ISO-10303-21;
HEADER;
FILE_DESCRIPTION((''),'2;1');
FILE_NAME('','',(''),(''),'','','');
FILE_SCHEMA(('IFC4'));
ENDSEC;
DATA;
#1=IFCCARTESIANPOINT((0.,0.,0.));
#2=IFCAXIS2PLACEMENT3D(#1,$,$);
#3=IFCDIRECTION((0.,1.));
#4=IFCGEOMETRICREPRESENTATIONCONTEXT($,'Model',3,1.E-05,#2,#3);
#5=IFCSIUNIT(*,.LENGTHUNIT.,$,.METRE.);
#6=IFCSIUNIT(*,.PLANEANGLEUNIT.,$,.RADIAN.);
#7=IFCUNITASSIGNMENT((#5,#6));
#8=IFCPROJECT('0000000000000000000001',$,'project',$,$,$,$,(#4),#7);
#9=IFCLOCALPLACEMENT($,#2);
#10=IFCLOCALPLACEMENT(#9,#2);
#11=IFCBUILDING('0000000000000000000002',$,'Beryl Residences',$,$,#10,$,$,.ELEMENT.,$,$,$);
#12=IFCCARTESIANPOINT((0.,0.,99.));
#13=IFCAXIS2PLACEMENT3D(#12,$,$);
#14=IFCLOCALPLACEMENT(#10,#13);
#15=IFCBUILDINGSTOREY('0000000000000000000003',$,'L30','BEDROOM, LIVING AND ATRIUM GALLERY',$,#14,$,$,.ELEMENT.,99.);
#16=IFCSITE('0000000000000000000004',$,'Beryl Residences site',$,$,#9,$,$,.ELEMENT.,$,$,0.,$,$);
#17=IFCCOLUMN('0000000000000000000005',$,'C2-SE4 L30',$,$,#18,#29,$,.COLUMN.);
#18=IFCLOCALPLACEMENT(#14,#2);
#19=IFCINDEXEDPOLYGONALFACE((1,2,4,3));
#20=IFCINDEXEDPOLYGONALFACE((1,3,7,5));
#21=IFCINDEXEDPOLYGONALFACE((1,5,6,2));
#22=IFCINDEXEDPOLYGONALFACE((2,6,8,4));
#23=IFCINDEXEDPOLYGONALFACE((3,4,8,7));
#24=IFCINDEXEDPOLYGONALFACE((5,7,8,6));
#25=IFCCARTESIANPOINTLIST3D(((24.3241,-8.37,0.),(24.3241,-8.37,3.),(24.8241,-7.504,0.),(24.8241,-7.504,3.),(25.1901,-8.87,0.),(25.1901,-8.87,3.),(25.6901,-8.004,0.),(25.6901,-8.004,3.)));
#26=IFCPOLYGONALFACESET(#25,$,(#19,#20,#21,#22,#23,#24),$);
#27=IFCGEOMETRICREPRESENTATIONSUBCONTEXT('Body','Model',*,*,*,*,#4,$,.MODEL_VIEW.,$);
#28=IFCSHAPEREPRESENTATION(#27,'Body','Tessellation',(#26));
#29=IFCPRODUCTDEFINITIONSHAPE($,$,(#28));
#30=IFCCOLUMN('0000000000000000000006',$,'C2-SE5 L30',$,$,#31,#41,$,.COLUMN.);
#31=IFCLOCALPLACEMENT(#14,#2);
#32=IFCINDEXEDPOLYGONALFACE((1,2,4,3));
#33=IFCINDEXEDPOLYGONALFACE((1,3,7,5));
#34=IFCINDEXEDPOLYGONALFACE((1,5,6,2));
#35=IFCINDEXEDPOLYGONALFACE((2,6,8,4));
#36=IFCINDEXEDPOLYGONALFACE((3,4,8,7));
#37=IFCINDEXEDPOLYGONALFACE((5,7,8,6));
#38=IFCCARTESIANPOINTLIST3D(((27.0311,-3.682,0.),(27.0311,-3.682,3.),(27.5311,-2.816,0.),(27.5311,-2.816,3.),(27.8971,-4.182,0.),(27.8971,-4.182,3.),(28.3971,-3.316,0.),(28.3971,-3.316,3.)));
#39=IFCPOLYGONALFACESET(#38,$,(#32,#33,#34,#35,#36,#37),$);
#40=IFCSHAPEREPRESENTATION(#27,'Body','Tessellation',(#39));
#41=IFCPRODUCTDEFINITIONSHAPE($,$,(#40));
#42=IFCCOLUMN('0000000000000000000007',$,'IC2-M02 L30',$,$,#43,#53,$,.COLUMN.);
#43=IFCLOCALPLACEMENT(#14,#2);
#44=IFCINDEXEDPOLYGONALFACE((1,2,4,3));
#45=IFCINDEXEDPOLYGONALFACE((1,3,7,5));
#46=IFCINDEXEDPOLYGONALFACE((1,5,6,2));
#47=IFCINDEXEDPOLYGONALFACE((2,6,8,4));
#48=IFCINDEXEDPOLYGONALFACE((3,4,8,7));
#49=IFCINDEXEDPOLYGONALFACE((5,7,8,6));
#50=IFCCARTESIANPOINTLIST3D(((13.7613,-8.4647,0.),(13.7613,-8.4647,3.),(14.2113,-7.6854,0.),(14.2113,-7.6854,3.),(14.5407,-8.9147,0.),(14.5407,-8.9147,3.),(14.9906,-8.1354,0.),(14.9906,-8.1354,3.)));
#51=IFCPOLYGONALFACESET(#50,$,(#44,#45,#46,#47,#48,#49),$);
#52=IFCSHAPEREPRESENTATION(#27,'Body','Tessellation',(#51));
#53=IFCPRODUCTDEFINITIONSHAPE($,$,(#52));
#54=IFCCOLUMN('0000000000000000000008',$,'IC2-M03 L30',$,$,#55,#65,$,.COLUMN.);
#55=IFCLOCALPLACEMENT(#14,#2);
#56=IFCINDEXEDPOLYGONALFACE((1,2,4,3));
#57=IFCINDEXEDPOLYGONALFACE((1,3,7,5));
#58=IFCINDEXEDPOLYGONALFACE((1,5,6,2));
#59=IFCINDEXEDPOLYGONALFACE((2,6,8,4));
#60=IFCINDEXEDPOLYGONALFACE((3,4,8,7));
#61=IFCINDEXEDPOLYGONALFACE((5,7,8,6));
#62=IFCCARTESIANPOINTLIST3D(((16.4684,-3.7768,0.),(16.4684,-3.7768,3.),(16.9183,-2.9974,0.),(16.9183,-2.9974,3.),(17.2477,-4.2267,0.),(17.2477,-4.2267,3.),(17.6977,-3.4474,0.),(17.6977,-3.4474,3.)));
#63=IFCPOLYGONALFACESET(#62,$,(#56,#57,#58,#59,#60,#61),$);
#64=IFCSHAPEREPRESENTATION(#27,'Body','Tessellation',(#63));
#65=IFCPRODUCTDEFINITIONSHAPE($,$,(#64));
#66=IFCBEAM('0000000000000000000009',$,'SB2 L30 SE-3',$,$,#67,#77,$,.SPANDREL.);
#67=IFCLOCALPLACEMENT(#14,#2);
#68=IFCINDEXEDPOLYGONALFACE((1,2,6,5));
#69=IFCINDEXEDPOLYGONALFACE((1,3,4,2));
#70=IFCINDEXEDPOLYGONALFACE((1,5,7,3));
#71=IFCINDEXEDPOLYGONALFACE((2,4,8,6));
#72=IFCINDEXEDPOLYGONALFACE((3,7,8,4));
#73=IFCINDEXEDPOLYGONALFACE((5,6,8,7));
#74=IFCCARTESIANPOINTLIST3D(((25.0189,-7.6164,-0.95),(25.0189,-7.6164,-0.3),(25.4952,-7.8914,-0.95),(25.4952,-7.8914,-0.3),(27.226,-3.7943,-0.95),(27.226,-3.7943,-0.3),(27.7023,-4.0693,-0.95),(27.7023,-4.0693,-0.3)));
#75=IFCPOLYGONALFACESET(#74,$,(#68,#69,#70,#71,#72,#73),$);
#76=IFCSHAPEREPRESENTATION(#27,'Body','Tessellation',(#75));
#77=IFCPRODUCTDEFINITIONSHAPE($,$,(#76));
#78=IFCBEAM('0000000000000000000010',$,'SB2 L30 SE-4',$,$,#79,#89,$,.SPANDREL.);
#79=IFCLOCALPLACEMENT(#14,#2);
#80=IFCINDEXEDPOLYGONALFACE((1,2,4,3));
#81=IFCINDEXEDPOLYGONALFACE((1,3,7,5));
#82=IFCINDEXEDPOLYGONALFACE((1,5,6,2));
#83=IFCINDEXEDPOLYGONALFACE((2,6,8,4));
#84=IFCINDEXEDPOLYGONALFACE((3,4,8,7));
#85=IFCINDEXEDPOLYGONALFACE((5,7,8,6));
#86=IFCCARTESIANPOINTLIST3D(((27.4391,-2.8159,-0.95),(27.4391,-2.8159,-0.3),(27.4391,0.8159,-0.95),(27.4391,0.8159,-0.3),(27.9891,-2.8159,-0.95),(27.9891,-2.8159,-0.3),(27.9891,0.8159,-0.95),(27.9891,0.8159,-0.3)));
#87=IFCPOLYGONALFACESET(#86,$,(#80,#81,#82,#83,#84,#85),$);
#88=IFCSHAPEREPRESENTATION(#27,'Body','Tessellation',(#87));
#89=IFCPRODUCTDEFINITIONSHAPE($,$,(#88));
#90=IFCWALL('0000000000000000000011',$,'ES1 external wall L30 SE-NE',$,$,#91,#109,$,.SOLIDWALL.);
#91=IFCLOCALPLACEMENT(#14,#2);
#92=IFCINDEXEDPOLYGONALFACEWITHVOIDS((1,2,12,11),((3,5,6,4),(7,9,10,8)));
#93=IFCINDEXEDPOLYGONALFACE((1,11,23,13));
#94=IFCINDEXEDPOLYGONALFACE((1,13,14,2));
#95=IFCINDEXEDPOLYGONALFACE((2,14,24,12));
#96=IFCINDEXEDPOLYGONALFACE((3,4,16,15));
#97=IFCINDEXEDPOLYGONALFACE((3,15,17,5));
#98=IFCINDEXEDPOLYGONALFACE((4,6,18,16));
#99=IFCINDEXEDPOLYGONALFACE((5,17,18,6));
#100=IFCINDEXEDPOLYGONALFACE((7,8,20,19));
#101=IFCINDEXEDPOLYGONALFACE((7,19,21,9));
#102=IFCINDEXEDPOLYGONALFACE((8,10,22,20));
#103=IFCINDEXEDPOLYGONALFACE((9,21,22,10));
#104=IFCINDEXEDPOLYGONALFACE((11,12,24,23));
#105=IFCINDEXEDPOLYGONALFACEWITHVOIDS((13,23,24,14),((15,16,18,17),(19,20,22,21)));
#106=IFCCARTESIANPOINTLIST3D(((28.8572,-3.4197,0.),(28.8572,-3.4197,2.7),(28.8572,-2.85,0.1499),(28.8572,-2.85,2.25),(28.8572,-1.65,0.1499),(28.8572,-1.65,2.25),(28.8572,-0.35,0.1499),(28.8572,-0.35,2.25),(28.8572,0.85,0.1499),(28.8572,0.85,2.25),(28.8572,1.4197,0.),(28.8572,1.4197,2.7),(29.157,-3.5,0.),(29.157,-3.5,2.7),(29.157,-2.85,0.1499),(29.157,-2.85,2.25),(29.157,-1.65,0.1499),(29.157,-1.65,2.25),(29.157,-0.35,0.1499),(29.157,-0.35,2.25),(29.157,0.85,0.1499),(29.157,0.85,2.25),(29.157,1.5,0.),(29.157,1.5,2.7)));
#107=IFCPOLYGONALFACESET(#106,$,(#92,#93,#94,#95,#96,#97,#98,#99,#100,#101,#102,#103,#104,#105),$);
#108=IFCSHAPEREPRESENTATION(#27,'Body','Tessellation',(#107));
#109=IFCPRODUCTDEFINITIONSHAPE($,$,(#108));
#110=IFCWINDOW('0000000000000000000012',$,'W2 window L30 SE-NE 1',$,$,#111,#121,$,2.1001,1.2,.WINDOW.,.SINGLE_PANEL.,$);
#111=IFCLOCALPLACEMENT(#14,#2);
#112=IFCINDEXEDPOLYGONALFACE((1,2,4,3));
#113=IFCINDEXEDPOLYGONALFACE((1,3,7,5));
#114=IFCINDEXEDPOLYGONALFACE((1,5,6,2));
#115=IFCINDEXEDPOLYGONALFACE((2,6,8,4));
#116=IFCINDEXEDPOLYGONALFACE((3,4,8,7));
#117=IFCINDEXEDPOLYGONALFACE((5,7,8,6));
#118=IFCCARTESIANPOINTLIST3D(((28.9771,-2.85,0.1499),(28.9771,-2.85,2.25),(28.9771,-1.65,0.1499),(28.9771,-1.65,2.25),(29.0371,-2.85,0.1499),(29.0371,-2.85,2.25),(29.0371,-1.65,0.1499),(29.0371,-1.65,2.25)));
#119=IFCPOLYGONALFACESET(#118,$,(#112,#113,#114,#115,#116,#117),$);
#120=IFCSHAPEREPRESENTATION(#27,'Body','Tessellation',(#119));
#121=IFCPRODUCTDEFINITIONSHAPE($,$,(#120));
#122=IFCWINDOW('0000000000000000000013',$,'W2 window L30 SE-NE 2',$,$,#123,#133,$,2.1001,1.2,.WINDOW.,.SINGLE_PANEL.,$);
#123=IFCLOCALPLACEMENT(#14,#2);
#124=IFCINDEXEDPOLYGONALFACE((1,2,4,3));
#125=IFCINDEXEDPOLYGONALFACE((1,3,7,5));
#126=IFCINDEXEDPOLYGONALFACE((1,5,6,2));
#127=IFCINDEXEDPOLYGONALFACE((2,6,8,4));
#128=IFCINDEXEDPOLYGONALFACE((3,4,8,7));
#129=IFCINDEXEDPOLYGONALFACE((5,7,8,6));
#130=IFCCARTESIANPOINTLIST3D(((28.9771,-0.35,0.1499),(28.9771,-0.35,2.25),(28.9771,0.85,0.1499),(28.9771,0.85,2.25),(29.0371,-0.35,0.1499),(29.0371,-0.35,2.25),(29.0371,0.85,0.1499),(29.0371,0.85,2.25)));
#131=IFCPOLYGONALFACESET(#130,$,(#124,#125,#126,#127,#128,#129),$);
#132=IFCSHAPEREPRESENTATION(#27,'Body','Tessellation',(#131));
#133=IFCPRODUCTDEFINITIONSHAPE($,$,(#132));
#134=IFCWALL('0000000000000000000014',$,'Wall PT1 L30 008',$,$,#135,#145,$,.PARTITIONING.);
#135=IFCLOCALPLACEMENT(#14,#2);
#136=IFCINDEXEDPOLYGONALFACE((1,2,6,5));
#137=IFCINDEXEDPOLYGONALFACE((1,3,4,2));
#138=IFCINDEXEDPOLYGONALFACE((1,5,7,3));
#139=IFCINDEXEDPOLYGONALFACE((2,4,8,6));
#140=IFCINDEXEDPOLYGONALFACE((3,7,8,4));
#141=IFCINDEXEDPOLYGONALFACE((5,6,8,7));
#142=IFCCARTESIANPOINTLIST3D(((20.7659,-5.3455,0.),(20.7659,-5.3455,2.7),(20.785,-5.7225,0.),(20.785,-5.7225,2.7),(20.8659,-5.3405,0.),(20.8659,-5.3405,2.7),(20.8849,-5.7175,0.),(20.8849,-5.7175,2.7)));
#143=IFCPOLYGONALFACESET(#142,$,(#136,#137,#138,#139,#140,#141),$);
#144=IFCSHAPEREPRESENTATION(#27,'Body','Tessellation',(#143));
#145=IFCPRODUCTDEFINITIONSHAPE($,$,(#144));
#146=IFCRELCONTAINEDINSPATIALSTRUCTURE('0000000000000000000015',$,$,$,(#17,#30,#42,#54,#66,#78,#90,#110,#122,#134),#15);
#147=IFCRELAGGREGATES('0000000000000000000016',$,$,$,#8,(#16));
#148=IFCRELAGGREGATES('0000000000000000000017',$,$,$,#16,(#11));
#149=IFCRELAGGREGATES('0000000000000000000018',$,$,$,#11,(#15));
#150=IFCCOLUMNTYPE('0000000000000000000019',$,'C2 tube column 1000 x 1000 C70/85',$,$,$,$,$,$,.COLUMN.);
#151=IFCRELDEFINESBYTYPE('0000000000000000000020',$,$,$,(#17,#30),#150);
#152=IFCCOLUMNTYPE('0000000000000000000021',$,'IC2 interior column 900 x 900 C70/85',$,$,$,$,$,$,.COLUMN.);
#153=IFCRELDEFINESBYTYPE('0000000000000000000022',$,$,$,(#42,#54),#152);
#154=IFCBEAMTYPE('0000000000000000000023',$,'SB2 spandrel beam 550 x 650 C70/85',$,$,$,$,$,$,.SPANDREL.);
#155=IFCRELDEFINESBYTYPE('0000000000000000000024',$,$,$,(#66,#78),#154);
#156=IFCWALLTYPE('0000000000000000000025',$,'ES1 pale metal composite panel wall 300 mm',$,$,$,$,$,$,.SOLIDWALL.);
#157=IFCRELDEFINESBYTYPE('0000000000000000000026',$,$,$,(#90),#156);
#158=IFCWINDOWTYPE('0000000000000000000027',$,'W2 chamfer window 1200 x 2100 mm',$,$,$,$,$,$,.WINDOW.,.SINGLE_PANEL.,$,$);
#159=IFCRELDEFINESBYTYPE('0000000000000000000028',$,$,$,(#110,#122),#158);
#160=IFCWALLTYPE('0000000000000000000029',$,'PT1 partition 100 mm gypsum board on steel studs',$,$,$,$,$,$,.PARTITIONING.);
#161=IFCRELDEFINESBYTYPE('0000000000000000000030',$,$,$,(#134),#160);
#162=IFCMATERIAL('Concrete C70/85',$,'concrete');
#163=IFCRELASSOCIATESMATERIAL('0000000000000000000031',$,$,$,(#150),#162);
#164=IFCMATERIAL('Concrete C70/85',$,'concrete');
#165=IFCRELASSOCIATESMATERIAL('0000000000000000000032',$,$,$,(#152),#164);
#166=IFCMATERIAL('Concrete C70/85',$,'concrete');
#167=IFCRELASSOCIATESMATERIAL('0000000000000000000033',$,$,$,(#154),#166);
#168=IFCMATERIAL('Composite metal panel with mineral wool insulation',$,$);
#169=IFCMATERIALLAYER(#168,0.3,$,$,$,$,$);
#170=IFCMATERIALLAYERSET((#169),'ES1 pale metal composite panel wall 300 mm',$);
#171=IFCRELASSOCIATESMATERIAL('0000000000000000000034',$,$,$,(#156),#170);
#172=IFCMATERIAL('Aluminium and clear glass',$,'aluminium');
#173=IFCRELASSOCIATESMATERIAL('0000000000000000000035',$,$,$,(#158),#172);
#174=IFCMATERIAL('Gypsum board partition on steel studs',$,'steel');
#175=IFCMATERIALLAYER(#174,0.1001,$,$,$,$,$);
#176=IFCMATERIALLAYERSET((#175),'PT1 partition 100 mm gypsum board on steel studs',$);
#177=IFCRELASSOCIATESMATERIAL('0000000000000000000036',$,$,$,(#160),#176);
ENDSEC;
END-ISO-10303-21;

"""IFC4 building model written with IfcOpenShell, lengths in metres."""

from ifc_helpers import new_model, si_unit, direction, frame, frame_2d, origin, origin_2d, place, context, subcontext, project, spatial, polyline, rectangle, outline, extrude, material, layer, layer_set, material_profile, profile_set, type_object, element, fill, save


model = new_model("IFC4")

# Units and contexts
model_context = context("Model", 3, precision=1e-05, world=origin(), true_north=direction((0.0, 1.0)))
body_context = subcontext(model_context, "Body", "Model", "MODEL_VIEW")
ifc_project = project(units=[si_unit("LENGTHUNIT", "METRE"), si_unit("PLANEANGLEUNIT", "RADIAN")], contexts=[model_context])

# Site, building, storey
site_placement = place(None, origin())
site = spatial("IfcSite", under=ifc_project, at=site_placement, Name="Beryl Residences site", CompositionType="ELEMENT", RefElevation=0.0)
building_placement = place(site_placement, origin())
building = spatial("IfcBuilding", under=site, at=building_placement, Name="Beryl Residences", CompositionType="ELEMENT")
storey_placement = place(building_placement, frame((0.0, 0.0, 99.0)))
storey = spatial("IfcBuildingStorey", under=building, at=storey_placement, Name="L30", Description="BEDROOM, LIVING AND ATRIUM GALLERY", CompositionType="ELEMENT", Elevation=99.0)

# Columns
ifc_material_1 = material(Name="Concrete C70/85", Category="concrete")
ifc_material_profile_1 = material_profile(ifc_material_1, rectangle(XDim=1.0, YDim=1.0, at=origin_2d()))
ifc_profile_set_1 = profile_set([ifc_material_profile_1], Name="Concrete C70/85")
column_type_1 = type_object("IfcColumnType", Name="C2 tube column 1000 x 1000 C70/85", PredefinedType="COLUMN", material=ifc_profile_set_1)
for number, where, z_axis, x_axis, name in (
    (1, (25.0071, -8.187, 0.0), (0.0, 0.0, 1.0), (0.5, 0.866025, 0.0), "C2-SE4 L30"),
    (2, (27.7141, -3.499, 0.0), (0.0, 0.0, 1.0), (0.5, 0.866025, 0.0), "C2-SE5 L30"),
):
    element("IfcColumn", number, at=place(storey_placement, frame(where, z_axis=z_axis, x_axis=x_axis)), inside=storey, type_object=column_type_1, Name=name, PredefinedType="COLUMN", context=body_context, shape_type="SweptSolid", body=[
        extrude(rectangle(XDim=1.0, YDim=1.0, at=origin_2d()), origin(), (0.0, 0.0, 1.0), 3.0),
    ])
ifc_material_2 = material(Name="Concrete C70/85", Category="concrete")
ifc_material_profile_2 = material_profile(ifc_material_2, rectangle(XDim=0.8999, YDim=0.8999, at=origin_2d()))
ifc_profile_set_2 = profile_set([ifc_material_profile_2], Name="Concrete C70/85")
column_type_2 = type_object("IfcColumnType", Name="IC2 interior column 900 x 900 C70/85", PredefinedType="COLUMN", material=ifc_profile_set_2)
for number, where, z_axis, x_axis, name in (
    (3, (14.376, -8.3, 0.0), (0.0, 0.0, 1.0), (0.5, 0.866025, 0.0), "IC2-M02 L30"),
    (4, (17.083, -3.6121, 0.0), (0.0, 0.0, 1.0), (0.5, 0.866025, 0.0), "IC2-M03 L30"),
):
    element("IfcColumn", number, at=place(storey_placement, frame(where, z_axis=z_axis, x_axis=x_axis)), inside=storey, type_object=column_type_2, Name=name, PredefinedType="COLUMN", context=body_context, shape_type="SweptSolid", body=[
        extrude(rectangle(XDim=0.8999, YDim=0.8999, at=origin_2d()), origin(), (0.0, 0.0, 1.0), 3.0),
    ])

# Beams
ifc_material_3 = material(Name="Concrete C70/85", Category="concrete")
ifc_material_profile_3 = material_profile(ifc_material_3, rectangle(XDim=0.55, YDim=0.6499, at=origin_2d()))
ifc_profile_set_3 = profile_set([ifc_material_profile_3], Name="Concrete C70/85")
beam_type = type_object("IfcBeamType", Name="SB2 spandrel beam 550 x 650 C70/85", PredefinedType="SPANDREL", material=ifc_profile_set_3)
beam_1_placement = place(storey_placement, frame((25.2571, -7.7539, -0.625), z_axis=(0.500066, 0.865988, 0.0), x_axis=(-0.865988, 0.500066, 0.0)))
element("IfcBeam", 5, at=beam_1_placement, inside=storey, type_object=beam_type, Name="SB2 L30 SE-3", PredefinedType="SPANDREL", context=body_context, shape_type="SweptSolid", body=[
    extrude(rectangle(XDim=0.55, YDim=0.6499, at=origin_2d()), origin(), (0.0, 0.0, 1.0), 4.4136),
])
beam_2_placement = place(storey_placement, frame((27.7141, -2.8159, -0.625), z_axis=(0.0, 1.0, 0.0), x_axis=(-1.0, 0.0, 0.0)))
element("IfcBeam", 6, at=beam_2_placement, inside=storey, type_object=beam_type, Name="SB2 L30 SE-4", PredefinedType="SPANDREL", context=body_context, shape_type="SweptSolid", body=[
    extrude(rectangle(XDim=0.55, YDim=0.6499, at=origin_2d()), origin(), (0.0, 0.0, 1.0), 3.6318),
])

# Wall, openings, windows
ifc_material_4 = material(Name="Composite metal panel with mineral wool insulation")
ifc_layer_1 = layer(ifc_material_4, 0.3)
ifc_layer_set_1 = layer_set([ifc_layer_1], Name="ES1 pale metal composite panel wall 300 mm")
wall_type_1 = type_object("IfcWallType", Name="ES1 pale metal composite panel wall 300 mm", PredefinedType="SOLIDWALL", material=ifc_layer_set_1)
wall_1_placement = place(storey_placement, frame((29.0071, -3.5, 0.0), z_axis=(0.0, 0.0, 1.0), x_axis=(0.0, 1.0, 0.0)))
wall_1 = element("IfcWall", 7, at=wall_1_placement, inside=storey, type_object=wall_type_1, Name="ES1 external wall L30 SE-NE", PredefinedType="SOLIDWALL", context=body_context, shape_type="SweptSolid", body=[
    extrude(outline(polyline([(0.0, -0.1499), (5.0, -0.1499), (4.9197, 0.1499), (0.0803, 0.1499), (0.0, -0.1499)])), origin(), (0.0, 0.0, 1.0), 2.7),
])
opening_1_placement = place(wall_1_placement, frame((0.6499, 0.0, 0.1499)))
opening_1 = element("IfcOpeningElement", 8, at=opening_1_placement, cuts=wall_1, PredefinedType="OPENING", context=body_context, shape_type="SweptSolid", body=[
    extrude(rectangle(XDim=1.2, YDim=2.1001, at=frame_2d((0.6001, 1.05))), frame((0.0, 0.1599, 0.0), z_axis=(0.0, -1.0, 0.0), x_axis=(1.0, 0.0, 0.0)), (0.0, 0.0, 1.0), 0.3201),
])
opening_2_placement = place(wall_1_placement, frame((3.1499, 0.0, 0.1499)))
opening_2 = element("IfcOpeningElement", 9, at=opening_2_placement, cuts=wall_1, PredefinedType="OPENING", context=body_context, shape_type="SweptSolid", body=[
    extrude(rectangle(XDim=1.2, YDim=2.1001, at=frame_2d((0.6001, 1.05))), frame((0.0, 0.1599, 0.0), z_axis=(0.0, -1.0, 0.0), x_axis=(1.0, 0.0, 0.0)), (0.0, 0.0, 1.0), 0.3201),
])
ifc_material_5 = material(Name="Aluminium and clear glass", Category="aluminium")
window_type = type_object("IfcWindowType", Name="W2 chamfer window 1200 x 2100 mm", PartitioningType="SINGLE_PANEL", PredefinedType="WINDOW", material=ifc_material_5)
window_1_placement = place(opening_1_placement, origin())
window_1 = element("IfcWindow", 10, at=window_1_placement, inside=storey, type_object=window_type, Name="W2 window L30 SE-NE 1", OverallHeight=2.1001, OverallWidth=1.2, PartitioningType="SINGLE_PANEL", PredefinedType="WINDOW", context=body_context, shape_type="SweptSolid", body=[
    extrude(rectangle(XDim=1.2, YDim=2.1001, at=frame_2d((0.6001, 1.05))), frame((0.0, 0.03, 0.0), z_axis=(0.0, -1.0, 0.0), x_axis=(1.0, 0.0, 0.0)), (0.0, 0.0, 1.0), 0.0601),
])
fill(opening_1, window_1)
window_2_placement = place(opening_2_placement, origin())
window_2 = element("IfcWindow", 11, at=window_2_placement, inside=storey, type_object=window_type, Name="W2 window L30 SE-NE 2", OverallHeight=2.1001, OverallWidth=1.2, PartitioningType="SINGLE_PANEL", PredefinedType="WINDOW", context=body_context, shape_type="SweptSolid", body=[
    extrude(rectangle(XDim=1.2, YDim=2.1001, at=frame_2d((0.6001, 1.05))), frame((0.0, 0.03, 0.0), z_axis=(0.0, -1.0, 0.0), x_axis=(1.0, 0.0, 0.0)), (0.0, 0.0, 1.0), 0.0601),
])
fill(opening_2, window_2)

# Wall
ifc_material_6 = material(Name="Gypsum board partition on steel studs", Category="steel")
ifc_layer_2 = layer(ifc_material_6, 0.1001)
ifc_layer_set_2 = layer_set([ifc_layer_2], Name="PT1 partition 100 mm gypsum board on steel studs")
wall_type_2 = type_object("IfcWallType", Name="PT1 partition 100 mm gypsum board on steel studs", PredefinedType="PARTITIONING", material=ifc_layer_set_2)
wall_2_placement = place(storey_placement, frame((20.8159, -5.343, 0.0), z_axis=(0.0, 0.0, 1.0), x_axis=(0.050454, -0.998726, 0.0)))
element("IfcWall", 12, at=wall_2_placement, inside=storey, type_object=wall_type_2, Name="Wall PT1 L30 008", PredefinedType="PARTITIONING", context=body_context, shape_type="SweptSolid", body=[
    extrude(rectangle(XDim=0.3774, YDim=0.1001, at=frame_2d((0.1887, 0.0))), origin(), (0.0, 0.0, 1.0), 2.7),
])

save(model, "model.ifc")
